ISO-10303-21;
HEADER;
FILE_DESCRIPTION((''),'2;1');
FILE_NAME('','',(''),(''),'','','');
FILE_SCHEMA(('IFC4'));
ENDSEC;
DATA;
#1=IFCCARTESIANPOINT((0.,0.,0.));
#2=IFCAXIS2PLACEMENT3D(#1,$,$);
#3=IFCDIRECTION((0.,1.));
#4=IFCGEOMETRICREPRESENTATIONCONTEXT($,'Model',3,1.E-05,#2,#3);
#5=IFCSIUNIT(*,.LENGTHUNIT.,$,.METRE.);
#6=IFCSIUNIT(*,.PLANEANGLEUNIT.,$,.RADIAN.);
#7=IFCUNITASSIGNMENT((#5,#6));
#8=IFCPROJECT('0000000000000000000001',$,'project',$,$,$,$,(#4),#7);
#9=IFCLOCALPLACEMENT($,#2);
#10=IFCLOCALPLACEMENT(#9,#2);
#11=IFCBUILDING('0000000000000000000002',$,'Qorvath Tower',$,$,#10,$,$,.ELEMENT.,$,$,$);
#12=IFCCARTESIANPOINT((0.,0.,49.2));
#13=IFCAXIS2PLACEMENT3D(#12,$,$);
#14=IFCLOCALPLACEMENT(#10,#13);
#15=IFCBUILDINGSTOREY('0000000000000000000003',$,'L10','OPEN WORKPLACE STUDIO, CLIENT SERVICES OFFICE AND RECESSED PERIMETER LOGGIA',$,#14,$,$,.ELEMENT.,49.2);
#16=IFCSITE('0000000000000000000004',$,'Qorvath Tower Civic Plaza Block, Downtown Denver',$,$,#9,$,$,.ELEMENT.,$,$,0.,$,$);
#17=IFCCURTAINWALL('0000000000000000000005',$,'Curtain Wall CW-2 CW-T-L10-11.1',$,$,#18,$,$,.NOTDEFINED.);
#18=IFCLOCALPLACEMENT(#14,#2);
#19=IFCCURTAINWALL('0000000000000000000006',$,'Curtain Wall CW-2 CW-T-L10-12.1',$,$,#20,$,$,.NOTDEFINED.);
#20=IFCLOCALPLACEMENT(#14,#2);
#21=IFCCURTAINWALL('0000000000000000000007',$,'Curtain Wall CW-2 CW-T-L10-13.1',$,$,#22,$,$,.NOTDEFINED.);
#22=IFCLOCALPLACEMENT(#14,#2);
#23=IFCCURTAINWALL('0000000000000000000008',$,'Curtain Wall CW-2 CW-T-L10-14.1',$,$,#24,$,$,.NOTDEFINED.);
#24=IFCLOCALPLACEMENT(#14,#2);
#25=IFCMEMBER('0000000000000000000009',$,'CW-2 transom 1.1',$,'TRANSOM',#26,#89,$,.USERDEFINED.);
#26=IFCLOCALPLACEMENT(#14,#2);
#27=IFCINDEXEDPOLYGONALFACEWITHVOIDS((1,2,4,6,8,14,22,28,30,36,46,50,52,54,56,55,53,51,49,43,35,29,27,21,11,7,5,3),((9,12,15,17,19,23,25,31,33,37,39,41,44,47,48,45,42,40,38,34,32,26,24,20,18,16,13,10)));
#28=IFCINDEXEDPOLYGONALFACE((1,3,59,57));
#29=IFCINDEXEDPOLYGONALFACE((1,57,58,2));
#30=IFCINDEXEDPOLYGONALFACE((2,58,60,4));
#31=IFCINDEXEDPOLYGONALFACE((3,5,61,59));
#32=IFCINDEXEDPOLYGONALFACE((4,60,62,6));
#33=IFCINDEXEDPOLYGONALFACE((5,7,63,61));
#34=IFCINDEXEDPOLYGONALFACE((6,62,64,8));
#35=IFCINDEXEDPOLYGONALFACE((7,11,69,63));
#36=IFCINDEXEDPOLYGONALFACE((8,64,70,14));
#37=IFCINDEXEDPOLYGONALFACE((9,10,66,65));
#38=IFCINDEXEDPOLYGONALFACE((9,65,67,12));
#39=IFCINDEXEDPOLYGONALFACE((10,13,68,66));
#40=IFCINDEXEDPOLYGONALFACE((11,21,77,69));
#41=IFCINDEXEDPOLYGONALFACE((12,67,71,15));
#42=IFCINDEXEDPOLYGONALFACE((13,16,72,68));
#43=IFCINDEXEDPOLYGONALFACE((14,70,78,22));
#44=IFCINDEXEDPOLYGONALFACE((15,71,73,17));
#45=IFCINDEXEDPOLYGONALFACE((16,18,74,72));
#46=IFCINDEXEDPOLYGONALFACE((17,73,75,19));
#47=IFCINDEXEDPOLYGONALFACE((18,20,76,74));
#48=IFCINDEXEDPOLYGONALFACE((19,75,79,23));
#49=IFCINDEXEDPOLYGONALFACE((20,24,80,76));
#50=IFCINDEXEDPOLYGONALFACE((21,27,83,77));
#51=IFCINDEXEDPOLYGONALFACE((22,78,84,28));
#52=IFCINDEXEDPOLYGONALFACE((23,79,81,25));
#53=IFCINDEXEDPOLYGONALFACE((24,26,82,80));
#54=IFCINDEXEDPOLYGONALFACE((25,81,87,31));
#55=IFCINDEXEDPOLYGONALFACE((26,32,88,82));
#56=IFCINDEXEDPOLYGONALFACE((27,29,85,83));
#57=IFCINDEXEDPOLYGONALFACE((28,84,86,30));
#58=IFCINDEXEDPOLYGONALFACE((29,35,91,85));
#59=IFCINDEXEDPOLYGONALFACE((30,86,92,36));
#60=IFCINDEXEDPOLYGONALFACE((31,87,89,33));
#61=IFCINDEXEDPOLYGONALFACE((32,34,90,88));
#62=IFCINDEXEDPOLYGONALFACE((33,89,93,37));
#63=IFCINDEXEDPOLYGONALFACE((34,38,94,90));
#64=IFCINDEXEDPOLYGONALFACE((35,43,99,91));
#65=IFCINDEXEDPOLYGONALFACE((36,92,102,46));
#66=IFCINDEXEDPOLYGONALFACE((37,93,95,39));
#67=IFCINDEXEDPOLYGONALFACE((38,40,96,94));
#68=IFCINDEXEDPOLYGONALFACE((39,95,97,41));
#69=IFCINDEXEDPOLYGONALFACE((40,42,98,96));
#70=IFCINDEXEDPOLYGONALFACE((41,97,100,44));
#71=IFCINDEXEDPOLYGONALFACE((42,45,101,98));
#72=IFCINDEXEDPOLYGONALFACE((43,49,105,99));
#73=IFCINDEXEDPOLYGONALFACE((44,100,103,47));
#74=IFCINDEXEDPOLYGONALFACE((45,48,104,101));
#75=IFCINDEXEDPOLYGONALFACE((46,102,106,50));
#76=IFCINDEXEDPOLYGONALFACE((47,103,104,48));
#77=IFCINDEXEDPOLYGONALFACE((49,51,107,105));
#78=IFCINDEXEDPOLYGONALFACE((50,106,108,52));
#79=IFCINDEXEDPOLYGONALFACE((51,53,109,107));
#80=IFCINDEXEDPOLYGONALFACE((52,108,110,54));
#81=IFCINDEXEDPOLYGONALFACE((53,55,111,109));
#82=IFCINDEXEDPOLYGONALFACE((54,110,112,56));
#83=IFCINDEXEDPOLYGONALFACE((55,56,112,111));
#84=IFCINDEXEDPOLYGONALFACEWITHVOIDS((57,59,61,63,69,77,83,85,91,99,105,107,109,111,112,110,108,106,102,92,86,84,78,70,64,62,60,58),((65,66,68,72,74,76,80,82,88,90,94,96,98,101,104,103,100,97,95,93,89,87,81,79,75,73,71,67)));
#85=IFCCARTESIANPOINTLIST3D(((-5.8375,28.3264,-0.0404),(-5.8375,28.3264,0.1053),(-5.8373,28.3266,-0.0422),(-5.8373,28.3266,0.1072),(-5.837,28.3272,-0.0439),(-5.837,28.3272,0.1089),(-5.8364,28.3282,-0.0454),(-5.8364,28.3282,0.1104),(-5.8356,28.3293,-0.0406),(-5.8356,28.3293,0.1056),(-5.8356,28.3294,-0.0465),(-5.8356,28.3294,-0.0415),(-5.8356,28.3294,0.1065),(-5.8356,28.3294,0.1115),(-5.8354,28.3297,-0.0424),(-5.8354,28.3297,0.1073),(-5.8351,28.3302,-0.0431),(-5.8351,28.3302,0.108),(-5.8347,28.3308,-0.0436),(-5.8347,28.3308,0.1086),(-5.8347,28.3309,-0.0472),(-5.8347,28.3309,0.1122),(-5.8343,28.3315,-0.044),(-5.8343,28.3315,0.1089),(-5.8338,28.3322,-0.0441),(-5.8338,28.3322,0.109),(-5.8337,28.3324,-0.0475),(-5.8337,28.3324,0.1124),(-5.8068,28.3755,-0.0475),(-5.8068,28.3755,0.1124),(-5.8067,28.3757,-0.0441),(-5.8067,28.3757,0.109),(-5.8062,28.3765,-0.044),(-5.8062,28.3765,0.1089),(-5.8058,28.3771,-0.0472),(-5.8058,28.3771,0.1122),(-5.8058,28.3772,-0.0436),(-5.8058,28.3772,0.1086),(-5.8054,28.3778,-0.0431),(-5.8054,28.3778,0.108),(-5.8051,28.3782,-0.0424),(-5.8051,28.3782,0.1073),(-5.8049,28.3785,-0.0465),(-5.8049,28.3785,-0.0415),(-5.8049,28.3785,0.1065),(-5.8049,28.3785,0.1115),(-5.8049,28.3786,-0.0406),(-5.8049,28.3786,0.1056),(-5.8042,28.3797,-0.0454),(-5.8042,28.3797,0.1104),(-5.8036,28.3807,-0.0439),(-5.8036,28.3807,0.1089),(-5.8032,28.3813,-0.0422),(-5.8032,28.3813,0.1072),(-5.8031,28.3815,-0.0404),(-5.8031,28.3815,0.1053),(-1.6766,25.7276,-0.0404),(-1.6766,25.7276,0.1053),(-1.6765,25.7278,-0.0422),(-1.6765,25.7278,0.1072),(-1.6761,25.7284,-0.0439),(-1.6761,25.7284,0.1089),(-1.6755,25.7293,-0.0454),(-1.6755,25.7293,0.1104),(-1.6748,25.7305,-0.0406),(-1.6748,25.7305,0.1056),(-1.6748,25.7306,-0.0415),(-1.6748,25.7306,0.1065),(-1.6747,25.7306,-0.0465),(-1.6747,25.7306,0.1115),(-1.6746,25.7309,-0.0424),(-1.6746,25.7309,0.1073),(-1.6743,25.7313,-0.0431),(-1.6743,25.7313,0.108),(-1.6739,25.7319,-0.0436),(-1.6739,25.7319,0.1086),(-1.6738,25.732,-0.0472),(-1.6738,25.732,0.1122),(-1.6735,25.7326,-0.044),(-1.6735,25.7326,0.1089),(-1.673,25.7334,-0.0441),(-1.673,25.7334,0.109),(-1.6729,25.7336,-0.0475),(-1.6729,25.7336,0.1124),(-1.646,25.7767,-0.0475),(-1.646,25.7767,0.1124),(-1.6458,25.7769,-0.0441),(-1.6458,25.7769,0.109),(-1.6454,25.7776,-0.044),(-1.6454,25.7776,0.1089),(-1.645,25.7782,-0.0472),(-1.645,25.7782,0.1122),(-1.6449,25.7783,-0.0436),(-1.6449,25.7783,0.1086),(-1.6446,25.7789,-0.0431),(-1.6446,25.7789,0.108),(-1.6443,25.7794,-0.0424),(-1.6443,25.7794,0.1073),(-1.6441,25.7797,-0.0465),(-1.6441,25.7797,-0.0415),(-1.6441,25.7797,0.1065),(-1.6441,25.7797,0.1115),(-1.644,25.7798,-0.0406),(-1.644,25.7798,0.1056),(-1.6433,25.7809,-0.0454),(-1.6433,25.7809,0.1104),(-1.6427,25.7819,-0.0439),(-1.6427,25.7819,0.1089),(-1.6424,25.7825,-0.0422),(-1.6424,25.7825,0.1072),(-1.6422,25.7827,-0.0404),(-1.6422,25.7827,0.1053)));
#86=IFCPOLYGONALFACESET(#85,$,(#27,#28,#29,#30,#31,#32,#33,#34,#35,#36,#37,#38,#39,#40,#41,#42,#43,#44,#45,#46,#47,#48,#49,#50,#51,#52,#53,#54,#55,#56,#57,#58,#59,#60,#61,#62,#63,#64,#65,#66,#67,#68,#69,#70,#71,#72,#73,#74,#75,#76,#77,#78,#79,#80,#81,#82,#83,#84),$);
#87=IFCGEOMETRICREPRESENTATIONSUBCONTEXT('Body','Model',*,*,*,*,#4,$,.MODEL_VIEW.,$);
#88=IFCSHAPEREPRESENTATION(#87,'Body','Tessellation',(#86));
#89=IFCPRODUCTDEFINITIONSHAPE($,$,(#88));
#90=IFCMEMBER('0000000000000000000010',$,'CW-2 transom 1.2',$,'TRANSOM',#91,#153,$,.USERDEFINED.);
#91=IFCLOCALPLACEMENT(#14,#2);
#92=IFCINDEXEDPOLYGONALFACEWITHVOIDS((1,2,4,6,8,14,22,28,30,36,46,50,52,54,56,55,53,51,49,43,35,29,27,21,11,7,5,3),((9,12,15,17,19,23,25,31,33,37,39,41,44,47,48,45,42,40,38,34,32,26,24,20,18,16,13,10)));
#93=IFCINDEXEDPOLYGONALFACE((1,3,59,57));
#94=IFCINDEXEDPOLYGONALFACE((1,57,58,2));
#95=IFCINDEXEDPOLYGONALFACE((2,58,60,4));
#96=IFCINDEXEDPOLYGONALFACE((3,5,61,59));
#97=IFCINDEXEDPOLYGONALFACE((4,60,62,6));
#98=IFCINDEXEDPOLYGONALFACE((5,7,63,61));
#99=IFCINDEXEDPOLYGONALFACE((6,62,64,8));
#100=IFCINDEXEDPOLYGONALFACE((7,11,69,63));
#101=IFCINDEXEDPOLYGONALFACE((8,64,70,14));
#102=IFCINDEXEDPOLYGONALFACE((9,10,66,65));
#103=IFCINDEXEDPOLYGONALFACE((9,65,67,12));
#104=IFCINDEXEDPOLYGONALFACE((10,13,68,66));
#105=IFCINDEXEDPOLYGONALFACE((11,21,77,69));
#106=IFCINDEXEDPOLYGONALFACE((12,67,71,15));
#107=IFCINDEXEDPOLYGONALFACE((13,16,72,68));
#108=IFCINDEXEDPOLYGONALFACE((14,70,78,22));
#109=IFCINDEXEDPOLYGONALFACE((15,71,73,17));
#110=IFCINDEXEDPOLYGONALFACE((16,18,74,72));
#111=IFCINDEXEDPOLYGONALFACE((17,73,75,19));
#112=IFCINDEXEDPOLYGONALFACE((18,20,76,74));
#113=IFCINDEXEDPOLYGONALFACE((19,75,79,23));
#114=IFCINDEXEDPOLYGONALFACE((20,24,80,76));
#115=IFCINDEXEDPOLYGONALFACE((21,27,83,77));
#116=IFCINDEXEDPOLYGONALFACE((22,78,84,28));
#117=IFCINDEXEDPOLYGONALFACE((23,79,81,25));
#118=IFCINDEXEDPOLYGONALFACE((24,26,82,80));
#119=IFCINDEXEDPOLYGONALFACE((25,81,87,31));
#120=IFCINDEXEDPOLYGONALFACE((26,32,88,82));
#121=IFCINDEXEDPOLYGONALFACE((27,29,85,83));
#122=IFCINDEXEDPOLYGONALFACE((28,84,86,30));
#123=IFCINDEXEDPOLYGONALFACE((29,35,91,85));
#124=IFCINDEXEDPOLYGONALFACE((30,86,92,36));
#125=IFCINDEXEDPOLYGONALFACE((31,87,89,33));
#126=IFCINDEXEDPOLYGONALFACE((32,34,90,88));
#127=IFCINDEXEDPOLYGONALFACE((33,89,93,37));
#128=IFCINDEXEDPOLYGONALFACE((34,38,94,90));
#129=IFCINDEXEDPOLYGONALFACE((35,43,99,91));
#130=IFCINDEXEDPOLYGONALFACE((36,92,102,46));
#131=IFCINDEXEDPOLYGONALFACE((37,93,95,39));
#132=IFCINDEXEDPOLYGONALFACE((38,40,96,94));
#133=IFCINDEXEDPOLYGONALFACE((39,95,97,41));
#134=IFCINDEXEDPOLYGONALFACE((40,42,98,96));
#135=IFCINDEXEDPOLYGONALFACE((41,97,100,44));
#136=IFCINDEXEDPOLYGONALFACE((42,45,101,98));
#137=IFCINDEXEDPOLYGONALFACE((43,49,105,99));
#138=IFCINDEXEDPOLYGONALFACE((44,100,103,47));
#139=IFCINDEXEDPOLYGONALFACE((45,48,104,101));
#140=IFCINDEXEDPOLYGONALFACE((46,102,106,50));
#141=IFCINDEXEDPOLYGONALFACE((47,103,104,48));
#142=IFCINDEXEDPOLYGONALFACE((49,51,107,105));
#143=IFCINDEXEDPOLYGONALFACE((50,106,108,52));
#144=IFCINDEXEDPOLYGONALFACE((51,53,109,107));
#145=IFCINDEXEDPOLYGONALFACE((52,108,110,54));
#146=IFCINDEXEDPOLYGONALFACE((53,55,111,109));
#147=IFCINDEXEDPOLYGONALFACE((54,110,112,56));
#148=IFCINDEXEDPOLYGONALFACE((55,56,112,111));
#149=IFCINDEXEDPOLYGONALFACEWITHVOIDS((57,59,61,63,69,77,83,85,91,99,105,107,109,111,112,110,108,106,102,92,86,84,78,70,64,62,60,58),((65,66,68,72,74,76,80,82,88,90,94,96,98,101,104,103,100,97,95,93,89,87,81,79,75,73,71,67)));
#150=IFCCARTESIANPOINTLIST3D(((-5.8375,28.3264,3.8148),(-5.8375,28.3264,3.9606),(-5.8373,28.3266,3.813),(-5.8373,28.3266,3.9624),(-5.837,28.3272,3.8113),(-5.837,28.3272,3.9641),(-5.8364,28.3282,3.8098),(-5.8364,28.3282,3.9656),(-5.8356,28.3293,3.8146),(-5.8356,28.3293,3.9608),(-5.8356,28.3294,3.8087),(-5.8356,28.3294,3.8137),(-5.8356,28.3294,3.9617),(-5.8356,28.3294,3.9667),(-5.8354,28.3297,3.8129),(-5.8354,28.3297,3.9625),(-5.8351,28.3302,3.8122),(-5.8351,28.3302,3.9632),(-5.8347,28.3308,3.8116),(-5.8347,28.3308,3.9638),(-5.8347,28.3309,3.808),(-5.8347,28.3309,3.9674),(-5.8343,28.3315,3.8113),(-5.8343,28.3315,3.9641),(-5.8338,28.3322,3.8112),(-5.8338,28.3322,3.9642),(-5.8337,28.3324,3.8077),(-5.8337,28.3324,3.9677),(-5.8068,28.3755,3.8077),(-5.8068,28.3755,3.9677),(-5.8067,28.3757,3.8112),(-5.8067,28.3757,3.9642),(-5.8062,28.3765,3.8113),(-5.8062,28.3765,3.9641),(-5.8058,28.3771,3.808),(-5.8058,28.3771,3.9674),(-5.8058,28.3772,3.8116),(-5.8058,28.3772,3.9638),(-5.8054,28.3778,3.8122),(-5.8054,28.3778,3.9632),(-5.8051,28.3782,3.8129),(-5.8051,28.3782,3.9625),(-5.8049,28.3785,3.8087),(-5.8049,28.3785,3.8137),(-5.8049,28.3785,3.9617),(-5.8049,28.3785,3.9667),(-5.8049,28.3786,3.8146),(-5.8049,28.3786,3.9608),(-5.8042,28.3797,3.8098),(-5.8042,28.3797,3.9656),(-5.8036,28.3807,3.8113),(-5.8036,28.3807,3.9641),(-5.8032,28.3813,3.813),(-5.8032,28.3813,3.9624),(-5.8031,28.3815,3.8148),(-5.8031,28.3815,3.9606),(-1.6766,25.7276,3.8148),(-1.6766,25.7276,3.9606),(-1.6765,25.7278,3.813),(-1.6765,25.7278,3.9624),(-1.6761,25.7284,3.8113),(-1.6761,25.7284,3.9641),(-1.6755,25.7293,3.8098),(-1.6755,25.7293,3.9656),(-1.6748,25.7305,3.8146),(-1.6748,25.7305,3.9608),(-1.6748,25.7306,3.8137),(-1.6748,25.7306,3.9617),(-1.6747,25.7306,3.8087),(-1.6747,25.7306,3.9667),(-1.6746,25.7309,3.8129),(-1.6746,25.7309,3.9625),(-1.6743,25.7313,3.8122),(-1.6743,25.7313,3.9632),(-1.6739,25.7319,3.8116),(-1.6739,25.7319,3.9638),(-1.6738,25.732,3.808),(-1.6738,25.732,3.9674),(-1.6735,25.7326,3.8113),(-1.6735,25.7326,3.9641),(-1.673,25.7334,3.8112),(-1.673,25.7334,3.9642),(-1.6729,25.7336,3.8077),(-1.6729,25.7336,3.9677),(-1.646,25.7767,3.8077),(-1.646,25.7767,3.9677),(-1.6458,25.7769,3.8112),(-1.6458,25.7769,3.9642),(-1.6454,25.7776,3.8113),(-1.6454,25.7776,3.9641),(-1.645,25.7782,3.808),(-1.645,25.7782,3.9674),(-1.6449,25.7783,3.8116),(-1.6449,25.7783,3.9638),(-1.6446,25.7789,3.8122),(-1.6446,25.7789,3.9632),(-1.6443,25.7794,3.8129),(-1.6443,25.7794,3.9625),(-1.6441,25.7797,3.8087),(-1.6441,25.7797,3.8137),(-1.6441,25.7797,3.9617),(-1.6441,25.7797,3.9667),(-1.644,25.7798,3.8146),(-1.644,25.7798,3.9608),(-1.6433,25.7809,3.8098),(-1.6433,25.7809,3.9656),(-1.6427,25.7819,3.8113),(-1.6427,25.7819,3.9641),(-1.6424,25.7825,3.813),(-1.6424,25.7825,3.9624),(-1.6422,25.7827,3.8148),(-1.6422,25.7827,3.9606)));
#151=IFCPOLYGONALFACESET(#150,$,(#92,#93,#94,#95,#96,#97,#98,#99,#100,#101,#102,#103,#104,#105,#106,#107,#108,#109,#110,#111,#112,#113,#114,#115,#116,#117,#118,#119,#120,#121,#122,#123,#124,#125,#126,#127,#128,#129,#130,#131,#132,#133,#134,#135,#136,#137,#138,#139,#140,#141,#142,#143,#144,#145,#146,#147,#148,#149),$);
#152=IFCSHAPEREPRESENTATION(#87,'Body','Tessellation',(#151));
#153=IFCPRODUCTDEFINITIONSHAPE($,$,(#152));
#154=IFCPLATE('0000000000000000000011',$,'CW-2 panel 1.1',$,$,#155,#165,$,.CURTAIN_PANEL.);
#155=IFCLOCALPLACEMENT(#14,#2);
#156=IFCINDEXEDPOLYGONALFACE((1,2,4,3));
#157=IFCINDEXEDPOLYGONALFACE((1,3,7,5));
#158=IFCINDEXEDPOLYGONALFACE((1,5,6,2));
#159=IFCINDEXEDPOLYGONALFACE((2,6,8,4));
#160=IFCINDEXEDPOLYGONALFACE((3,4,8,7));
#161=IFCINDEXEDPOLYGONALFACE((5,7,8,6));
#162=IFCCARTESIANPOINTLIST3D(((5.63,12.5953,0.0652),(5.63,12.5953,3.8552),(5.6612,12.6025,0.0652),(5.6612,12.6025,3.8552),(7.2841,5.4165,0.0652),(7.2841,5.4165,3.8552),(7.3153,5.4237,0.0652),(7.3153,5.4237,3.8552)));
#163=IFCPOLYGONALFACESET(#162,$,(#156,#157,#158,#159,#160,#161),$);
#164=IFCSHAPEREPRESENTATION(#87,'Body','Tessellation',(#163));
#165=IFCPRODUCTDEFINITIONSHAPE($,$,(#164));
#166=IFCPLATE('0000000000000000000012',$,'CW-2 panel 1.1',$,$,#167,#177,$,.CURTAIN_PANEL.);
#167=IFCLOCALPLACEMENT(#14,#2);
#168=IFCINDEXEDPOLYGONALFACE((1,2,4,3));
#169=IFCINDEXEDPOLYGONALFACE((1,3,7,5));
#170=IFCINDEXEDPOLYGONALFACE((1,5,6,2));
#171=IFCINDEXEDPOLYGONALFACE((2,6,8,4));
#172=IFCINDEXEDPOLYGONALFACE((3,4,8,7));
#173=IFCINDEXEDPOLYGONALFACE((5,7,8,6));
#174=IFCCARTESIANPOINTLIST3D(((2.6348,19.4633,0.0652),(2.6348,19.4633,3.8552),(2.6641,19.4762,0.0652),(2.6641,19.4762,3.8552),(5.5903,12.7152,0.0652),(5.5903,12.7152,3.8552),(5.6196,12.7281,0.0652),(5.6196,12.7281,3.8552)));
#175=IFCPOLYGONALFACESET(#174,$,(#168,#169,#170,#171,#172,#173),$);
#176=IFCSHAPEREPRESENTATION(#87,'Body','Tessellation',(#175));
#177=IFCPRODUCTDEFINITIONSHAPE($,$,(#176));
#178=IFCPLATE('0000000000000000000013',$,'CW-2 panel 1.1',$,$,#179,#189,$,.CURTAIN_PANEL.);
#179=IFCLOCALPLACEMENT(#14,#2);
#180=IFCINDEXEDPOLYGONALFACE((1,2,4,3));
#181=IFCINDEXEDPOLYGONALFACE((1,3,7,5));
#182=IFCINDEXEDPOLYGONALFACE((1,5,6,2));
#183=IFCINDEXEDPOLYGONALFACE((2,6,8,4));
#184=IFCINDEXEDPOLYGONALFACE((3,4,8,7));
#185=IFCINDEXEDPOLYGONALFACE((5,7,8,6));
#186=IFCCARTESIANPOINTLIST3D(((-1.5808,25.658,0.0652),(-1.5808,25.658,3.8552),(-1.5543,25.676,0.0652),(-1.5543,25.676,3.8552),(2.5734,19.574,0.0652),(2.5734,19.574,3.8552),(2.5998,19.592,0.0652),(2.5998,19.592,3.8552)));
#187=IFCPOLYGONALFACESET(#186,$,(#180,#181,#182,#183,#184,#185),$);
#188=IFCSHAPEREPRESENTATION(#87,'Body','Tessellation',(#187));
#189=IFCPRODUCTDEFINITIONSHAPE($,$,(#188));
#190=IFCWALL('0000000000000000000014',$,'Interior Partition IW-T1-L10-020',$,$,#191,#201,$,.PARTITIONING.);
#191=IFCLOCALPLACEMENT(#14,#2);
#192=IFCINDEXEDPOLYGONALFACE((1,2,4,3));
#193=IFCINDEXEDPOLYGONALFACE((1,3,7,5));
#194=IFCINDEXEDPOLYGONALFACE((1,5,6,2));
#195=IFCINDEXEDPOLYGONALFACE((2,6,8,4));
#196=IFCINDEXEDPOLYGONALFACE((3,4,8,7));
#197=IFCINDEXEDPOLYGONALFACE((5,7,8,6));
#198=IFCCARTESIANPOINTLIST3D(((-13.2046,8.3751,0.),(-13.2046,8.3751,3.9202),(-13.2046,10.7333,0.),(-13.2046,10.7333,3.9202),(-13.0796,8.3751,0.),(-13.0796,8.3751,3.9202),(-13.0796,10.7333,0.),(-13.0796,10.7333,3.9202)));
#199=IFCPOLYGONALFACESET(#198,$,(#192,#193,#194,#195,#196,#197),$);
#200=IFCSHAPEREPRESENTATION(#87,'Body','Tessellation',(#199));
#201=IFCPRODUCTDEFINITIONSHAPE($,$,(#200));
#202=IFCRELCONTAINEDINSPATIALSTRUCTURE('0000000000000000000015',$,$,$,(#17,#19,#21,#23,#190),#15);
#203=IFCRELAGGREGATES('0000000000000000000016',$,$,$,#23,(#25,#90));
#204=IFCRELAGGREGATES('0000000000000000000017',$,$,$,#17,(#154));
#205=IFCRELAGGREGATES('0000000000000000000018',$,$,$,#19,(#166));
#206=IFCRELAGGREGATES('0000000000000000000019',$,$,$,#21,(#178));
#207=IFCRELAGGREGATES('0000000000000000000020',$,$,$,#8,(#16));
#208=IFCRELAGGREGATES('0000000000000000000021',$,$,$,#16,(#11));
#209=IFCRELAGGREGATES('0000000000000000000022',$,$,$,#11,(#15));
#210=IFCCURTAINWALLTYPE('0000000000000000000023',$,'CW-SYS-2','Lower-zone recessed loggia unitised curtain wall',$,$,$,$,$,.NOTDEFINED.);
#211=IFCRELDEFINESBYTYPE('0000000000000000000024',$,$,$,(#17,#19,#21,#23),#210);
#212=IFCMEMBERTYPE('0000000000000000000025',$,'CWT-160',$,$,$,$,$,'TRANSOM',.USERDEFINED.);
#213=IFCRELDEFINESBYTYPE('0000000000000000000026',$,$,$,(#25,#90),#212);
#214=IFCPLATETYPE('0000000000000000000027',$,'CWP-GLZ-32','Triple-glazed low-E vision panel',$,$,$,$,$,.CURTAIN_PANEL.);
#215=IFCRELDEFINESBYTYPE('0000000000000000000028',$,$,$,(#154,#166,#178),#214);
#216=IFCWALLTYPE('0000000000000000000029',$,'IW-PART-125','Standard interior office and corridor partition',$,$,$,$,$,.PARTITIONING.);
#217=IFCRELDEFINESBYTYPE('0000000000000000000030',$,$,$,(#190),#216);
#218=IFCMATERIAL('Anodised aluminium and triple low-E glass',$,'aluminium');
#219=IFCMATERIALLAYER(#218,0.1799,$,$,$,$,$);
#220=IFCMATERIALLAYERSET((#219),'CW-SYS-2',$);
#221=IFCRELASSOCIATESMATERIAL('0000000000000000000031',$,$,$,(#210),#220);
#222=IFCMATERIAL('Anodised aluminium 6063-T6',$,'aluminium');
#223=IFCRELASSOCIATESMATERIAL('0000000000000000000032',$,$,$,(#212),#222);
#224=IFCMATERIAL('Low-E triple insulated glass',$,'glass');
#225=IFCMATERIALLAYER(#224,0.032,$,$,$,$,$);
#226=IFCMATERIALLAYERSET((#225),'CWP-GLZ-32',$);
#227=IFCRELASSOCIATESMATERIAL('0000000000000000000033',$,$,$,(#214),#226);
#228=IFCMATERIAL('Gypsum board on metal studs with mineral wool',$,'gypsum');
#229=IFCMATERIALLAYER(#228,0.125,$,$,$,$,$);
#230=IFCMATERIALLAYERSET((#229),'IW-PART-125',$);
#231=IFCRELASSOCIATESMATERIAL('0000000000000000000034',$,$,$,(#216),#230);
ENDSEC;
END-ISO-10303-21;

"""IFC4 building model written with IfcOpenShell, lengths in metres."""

from ifc_helpers import new_model, si_unit, direction, frame, frame_2d, origin, origin_2d, place, context, subcontext, project, spatial, rectangle, hollow_rectangle, extrude, material, layer, layer_set, material_profile, profile_set, type_object, element, aggregate, save


model = new_model("IFC4")

# Units and contexts
model_context = context("Model", 3, precision=1e-05, world=origin(), true_north=direction((0.0, 1.0)))
body_context = subcontext(model_context, "Body", "Model", "MODEL_VIEW")
ifc_project = project(units=[si_unit("LENGTHUNIT", "METRE"), si_unit("PLANEANGLEUNIT", "RADIAN")], contexts=[model_context])

# Site, building, storey
site_placement = place(None, origin())
site = spatial("IfcSite", under=ifc_project, at=site_placement, Name="Qorvath Tower Civic Plaza Block, Downtown Denver", CompositionType="ELEMENT", RefElevation=0.0)
building_placement = place(site_placement, origin())
building = spatial("IfcBuilding", under=site, at=building_placement, Name="Qorvath Tower", CompositionType="ELEMENT")
storey_placement = place(building_placement, frame((0.0, 0.0, 49.2)))
storey = spatial("IfcBuildingStorey", under=building, at=storey_placement, Name="L10", Description="OPEN WORKPLACE STUDIO, CLIENT SERVICES OFFICE AND RECESSED PERIMETER LOGGIA", CompositionType="ELEMENT", Elevation=49.2)

# Curtain wall
ifc_material_1 = material(Name="Anodised aluminium and triple low-E glass", Category="aluminium")
ifc_layer_1 = layer(ifc_material_1, 0.1799)
ifc_layer_set_1 = layer_set([ifc_layer_1], Name="CW-SYS-2")
curtain_wall_type = type_object("IfcCurtainWallType", Name="CW-SYS-2", Description="Lower-zone recessed loggia unitised curtain wall", PredefinedType="NOTDEFINED", material=ifc_layer_set_1)
curtain_wall_1_placement = place(storey_placement, origin())
curtain_wall_1 = element("IfcCurtainWall", 1, at=curtain_wall_1_placement, inside=storey, type_object=curtain_wall_type, Name="Curtain Wall CW-2 CW-T-L10-11.1", PredefinedType="NOTDEFINED")

# Curtain walls
curtain_wall_2_placement = place(storey_placement, origin())
curtain_wall_2 = element("IfcCurtainWall", 2, at=curtain_wall_2_placement, inside=storey, type_object=curtain_wall_type, Name="Curtain Wall CW-2 CW-T-L10-12.1", PredefinedType="NOTDEFINED")
curtain_wall_3_placement = place(storey_placement, origin())
curtain_wall_3 = element("IfcCurtainWall", 3, at=curtain_wall_3_placement, inside=storey, type_object=curtain_wall_type, Name="Curtain Wall CW-2 CW-T-L10-13.1", PredefinedType="NOTDEFINED")

# Curtain wall
curtain_wall_4_placement = place(storey_placement, origin())
curtain_wall_4 = element("IfcCurtainWall", 4, at=curtain_wall_4_placement, inside=storey, type_object=curtain_wall_type, Name="Curtain Wall CW-2 CW-T-L10-14.1", PredefinedType="NOTDEFINED")

# Members
ifc_material_2 = material(Name="Anodised aluminium 6063-T6", Category="aluminium")
ifc_material_profile_1 = material_profile(ifc_material_2, hollow_rectangle(XDim=0.0649, YDim=0.1599, WallThickness=0.0034, InnerFilletRadius=0.0034, OuterFilletRadius=0.0071, at=origin_2d()), Name="CWT 160x65")
ifc_profile_set_1 = profile_set([ifc_material_profile_1], Name="Anodised aluminium 6063-T6")
member_type_1 = type_object("IfcMemberType", Name="CWT-160", ElementType="TRANSOM", PredefinedType="USERDEFINED", material=ifc_profile_set_1)
member_1_placement = place(storey_placement, frame((-1.6594, 25.7551, 0.0325), z_axis=(-0.848152, 0.529753, 0.0), x_axis=(-0.529753, -0.848152, 0.0)))
member_1 = element("IfcMember", 5, at=member_1_placement, type_object=member_type_1, Name="CW-2 transom 1.1", ObjectType="TRANSOM", PredefinedType="USERDEFINED", context=body_context, shape_type="SweptSolid", body=[
    extrude(hollow_rectangle(XDim=0.0649, YDim=0.1599, WallThickness=0.0034, InnerFilletRadius=0.0034, OuterFilletRadius=0.0071, at=origin_2d()), origin(), (0.0, 0.0, 1.0), 4.9058),
])
member_2_placement = place(storey_placement, frame((-1.6594, 25.7551, 3.8877), z_axis=(-0.848152, 0.529753, 0.0), x_axis=(-0.529753, -0.848152, 0.0)))
member_2 = element("IfcMember", 6, at=member_2_placement, type_object=member_type_1, Name="CW-2 transom 1.2", ObjectType="TRANSOM", PredefinedType="USERDEFINED", context=body_context, shape_type="SweptSolid", body=[
    extrude(hollow_rectangle(XDim=0.0649, YDim=0.1599, WallThickness=0.0034, InnerFilletRadius=0.0034, OuterFilletRadius=0.0071, at=origin_2d()), origin(), (0.0, 0.0, 1.0), 4.9058),
])
aggregate(curtain_wall_4, [member_1, member_2])

# Plates
ifc_material_3 = material(Name="Low-E triple insulated glass", Category="glass")
ifc_layer_2 = layer(ifc_material_3, 0.032)
ifc_layer_set_2 = layer_set([ifc_layer_2], Name="CWP-GLZ-32")
plate_type = type_object("IfcPlateType", Name="CWP-GLZ-32", Description="Triple-glazed low-E vision panel", PredefinedType="CURTAIN_PANEL", material=ifc_layer_set_2)
plate_1_placement = place(storey_placement, frame((6.4727, 9.0095, 0.0652), z_axis=(0.0, 0.0, 1.0), x_axis=(-0.224535, 0.974466, 0.0)))
plate_1 = element("IfcPlate", 7, at=plate_1_placement, type_object=plate_type, Name="CW-2 panel 1.1", PredefinedType="CURTAIN_PANEL", context=body_context, shape_type="SweptSolid", body=[
    extrude(rectangle(XDim=7.3669, YDim=0.032, at=origin_2d()), origin(), (0.0, 0.0, 1.0), 3.79),
])
aggregate(curtain_wall_1, [plate_1])
plate_2_placement = place(storey_placement, frame((4.1272, 16.0957, 0.0652), z_axis=(0.0, 0.0, 1.0), x_axis=(-0.401177, 0.916001, 0.0)))
plate_2 = element("IfcPlate", 8, at=plate_2_placement, type_object=plate_type, Name="CW-2 panel 1.1", PredefinedType="CURTAIN_PANEL", context=body_context, shape_type="SweptSolid", body=[
    extrude(rectangle(XDim=7.3669, YDim=0.032, at=origin_2d()), origin(), (0.0, 0.0, 1.0), 3.79),
])
aggregate(curtain_wall_2, [plate_2])
plate_3_placement = place(storey_placement, frame((0.5095, 22.625, 0.0652), z_axis=(0.0, 0.0, 1.0), x_axis=(-0.563891, 0.825849, 0.0)))
plate_3 = element("IfcPlate", 9, at=plate_3_placement, type_object=plate_type, Name="CW-2 panel 1.1", PredefinedType="CURTAIN_PANEL", context=body_context, shape_type="SweptSolid", body=[
    extrude(rectangle(XDim=7.3669, YDim=0.032, at=origin_2d()), origin(), (0.0, 0.0, 1.0), 3.79),
])
aggregate(curtain_wall_3, [plate_3])

# Wall
ifc_material_4 = material(Name="Gypsum board on metal studs with mineral wool", Category="gypsum")
ifc_layer_3 = layer(ifc_material_4, 0.125)
ifc_layer_set_3 = layer_set([ifc_layer_3], Name="IW-PART-125")
wall_type_1 = type_object("IfcWallType", Name="IW-PART-125", Description="Standard interior office and corridor partition", PredefinedType="PARTITIONING", material=ifc_layer_set_3)
wall_1_placement = place(storey_placement, frame((-13.1421, 8.375, 0.0), z_axis=(0.0, 0.0, 1.0), x_axis=(0.0, 1.0, 0.0)))
element("IfcWall", 10, at=wall_1_placement, inside=storey, type_object=wall_type_1, Name="Interior Partition IW-T1-L10-020", PredefinedType="PARTITIONING", context=body_context, shape_type="SweptSolid", body=[
    extrude(rectangle(XDim=2.3582, YDim=0.125, at=frame_2d((1.1792, 0.0))), origin(), (0.0, 0.0, 1.0), 3.9202),
])

save(model, "model.ifc")
